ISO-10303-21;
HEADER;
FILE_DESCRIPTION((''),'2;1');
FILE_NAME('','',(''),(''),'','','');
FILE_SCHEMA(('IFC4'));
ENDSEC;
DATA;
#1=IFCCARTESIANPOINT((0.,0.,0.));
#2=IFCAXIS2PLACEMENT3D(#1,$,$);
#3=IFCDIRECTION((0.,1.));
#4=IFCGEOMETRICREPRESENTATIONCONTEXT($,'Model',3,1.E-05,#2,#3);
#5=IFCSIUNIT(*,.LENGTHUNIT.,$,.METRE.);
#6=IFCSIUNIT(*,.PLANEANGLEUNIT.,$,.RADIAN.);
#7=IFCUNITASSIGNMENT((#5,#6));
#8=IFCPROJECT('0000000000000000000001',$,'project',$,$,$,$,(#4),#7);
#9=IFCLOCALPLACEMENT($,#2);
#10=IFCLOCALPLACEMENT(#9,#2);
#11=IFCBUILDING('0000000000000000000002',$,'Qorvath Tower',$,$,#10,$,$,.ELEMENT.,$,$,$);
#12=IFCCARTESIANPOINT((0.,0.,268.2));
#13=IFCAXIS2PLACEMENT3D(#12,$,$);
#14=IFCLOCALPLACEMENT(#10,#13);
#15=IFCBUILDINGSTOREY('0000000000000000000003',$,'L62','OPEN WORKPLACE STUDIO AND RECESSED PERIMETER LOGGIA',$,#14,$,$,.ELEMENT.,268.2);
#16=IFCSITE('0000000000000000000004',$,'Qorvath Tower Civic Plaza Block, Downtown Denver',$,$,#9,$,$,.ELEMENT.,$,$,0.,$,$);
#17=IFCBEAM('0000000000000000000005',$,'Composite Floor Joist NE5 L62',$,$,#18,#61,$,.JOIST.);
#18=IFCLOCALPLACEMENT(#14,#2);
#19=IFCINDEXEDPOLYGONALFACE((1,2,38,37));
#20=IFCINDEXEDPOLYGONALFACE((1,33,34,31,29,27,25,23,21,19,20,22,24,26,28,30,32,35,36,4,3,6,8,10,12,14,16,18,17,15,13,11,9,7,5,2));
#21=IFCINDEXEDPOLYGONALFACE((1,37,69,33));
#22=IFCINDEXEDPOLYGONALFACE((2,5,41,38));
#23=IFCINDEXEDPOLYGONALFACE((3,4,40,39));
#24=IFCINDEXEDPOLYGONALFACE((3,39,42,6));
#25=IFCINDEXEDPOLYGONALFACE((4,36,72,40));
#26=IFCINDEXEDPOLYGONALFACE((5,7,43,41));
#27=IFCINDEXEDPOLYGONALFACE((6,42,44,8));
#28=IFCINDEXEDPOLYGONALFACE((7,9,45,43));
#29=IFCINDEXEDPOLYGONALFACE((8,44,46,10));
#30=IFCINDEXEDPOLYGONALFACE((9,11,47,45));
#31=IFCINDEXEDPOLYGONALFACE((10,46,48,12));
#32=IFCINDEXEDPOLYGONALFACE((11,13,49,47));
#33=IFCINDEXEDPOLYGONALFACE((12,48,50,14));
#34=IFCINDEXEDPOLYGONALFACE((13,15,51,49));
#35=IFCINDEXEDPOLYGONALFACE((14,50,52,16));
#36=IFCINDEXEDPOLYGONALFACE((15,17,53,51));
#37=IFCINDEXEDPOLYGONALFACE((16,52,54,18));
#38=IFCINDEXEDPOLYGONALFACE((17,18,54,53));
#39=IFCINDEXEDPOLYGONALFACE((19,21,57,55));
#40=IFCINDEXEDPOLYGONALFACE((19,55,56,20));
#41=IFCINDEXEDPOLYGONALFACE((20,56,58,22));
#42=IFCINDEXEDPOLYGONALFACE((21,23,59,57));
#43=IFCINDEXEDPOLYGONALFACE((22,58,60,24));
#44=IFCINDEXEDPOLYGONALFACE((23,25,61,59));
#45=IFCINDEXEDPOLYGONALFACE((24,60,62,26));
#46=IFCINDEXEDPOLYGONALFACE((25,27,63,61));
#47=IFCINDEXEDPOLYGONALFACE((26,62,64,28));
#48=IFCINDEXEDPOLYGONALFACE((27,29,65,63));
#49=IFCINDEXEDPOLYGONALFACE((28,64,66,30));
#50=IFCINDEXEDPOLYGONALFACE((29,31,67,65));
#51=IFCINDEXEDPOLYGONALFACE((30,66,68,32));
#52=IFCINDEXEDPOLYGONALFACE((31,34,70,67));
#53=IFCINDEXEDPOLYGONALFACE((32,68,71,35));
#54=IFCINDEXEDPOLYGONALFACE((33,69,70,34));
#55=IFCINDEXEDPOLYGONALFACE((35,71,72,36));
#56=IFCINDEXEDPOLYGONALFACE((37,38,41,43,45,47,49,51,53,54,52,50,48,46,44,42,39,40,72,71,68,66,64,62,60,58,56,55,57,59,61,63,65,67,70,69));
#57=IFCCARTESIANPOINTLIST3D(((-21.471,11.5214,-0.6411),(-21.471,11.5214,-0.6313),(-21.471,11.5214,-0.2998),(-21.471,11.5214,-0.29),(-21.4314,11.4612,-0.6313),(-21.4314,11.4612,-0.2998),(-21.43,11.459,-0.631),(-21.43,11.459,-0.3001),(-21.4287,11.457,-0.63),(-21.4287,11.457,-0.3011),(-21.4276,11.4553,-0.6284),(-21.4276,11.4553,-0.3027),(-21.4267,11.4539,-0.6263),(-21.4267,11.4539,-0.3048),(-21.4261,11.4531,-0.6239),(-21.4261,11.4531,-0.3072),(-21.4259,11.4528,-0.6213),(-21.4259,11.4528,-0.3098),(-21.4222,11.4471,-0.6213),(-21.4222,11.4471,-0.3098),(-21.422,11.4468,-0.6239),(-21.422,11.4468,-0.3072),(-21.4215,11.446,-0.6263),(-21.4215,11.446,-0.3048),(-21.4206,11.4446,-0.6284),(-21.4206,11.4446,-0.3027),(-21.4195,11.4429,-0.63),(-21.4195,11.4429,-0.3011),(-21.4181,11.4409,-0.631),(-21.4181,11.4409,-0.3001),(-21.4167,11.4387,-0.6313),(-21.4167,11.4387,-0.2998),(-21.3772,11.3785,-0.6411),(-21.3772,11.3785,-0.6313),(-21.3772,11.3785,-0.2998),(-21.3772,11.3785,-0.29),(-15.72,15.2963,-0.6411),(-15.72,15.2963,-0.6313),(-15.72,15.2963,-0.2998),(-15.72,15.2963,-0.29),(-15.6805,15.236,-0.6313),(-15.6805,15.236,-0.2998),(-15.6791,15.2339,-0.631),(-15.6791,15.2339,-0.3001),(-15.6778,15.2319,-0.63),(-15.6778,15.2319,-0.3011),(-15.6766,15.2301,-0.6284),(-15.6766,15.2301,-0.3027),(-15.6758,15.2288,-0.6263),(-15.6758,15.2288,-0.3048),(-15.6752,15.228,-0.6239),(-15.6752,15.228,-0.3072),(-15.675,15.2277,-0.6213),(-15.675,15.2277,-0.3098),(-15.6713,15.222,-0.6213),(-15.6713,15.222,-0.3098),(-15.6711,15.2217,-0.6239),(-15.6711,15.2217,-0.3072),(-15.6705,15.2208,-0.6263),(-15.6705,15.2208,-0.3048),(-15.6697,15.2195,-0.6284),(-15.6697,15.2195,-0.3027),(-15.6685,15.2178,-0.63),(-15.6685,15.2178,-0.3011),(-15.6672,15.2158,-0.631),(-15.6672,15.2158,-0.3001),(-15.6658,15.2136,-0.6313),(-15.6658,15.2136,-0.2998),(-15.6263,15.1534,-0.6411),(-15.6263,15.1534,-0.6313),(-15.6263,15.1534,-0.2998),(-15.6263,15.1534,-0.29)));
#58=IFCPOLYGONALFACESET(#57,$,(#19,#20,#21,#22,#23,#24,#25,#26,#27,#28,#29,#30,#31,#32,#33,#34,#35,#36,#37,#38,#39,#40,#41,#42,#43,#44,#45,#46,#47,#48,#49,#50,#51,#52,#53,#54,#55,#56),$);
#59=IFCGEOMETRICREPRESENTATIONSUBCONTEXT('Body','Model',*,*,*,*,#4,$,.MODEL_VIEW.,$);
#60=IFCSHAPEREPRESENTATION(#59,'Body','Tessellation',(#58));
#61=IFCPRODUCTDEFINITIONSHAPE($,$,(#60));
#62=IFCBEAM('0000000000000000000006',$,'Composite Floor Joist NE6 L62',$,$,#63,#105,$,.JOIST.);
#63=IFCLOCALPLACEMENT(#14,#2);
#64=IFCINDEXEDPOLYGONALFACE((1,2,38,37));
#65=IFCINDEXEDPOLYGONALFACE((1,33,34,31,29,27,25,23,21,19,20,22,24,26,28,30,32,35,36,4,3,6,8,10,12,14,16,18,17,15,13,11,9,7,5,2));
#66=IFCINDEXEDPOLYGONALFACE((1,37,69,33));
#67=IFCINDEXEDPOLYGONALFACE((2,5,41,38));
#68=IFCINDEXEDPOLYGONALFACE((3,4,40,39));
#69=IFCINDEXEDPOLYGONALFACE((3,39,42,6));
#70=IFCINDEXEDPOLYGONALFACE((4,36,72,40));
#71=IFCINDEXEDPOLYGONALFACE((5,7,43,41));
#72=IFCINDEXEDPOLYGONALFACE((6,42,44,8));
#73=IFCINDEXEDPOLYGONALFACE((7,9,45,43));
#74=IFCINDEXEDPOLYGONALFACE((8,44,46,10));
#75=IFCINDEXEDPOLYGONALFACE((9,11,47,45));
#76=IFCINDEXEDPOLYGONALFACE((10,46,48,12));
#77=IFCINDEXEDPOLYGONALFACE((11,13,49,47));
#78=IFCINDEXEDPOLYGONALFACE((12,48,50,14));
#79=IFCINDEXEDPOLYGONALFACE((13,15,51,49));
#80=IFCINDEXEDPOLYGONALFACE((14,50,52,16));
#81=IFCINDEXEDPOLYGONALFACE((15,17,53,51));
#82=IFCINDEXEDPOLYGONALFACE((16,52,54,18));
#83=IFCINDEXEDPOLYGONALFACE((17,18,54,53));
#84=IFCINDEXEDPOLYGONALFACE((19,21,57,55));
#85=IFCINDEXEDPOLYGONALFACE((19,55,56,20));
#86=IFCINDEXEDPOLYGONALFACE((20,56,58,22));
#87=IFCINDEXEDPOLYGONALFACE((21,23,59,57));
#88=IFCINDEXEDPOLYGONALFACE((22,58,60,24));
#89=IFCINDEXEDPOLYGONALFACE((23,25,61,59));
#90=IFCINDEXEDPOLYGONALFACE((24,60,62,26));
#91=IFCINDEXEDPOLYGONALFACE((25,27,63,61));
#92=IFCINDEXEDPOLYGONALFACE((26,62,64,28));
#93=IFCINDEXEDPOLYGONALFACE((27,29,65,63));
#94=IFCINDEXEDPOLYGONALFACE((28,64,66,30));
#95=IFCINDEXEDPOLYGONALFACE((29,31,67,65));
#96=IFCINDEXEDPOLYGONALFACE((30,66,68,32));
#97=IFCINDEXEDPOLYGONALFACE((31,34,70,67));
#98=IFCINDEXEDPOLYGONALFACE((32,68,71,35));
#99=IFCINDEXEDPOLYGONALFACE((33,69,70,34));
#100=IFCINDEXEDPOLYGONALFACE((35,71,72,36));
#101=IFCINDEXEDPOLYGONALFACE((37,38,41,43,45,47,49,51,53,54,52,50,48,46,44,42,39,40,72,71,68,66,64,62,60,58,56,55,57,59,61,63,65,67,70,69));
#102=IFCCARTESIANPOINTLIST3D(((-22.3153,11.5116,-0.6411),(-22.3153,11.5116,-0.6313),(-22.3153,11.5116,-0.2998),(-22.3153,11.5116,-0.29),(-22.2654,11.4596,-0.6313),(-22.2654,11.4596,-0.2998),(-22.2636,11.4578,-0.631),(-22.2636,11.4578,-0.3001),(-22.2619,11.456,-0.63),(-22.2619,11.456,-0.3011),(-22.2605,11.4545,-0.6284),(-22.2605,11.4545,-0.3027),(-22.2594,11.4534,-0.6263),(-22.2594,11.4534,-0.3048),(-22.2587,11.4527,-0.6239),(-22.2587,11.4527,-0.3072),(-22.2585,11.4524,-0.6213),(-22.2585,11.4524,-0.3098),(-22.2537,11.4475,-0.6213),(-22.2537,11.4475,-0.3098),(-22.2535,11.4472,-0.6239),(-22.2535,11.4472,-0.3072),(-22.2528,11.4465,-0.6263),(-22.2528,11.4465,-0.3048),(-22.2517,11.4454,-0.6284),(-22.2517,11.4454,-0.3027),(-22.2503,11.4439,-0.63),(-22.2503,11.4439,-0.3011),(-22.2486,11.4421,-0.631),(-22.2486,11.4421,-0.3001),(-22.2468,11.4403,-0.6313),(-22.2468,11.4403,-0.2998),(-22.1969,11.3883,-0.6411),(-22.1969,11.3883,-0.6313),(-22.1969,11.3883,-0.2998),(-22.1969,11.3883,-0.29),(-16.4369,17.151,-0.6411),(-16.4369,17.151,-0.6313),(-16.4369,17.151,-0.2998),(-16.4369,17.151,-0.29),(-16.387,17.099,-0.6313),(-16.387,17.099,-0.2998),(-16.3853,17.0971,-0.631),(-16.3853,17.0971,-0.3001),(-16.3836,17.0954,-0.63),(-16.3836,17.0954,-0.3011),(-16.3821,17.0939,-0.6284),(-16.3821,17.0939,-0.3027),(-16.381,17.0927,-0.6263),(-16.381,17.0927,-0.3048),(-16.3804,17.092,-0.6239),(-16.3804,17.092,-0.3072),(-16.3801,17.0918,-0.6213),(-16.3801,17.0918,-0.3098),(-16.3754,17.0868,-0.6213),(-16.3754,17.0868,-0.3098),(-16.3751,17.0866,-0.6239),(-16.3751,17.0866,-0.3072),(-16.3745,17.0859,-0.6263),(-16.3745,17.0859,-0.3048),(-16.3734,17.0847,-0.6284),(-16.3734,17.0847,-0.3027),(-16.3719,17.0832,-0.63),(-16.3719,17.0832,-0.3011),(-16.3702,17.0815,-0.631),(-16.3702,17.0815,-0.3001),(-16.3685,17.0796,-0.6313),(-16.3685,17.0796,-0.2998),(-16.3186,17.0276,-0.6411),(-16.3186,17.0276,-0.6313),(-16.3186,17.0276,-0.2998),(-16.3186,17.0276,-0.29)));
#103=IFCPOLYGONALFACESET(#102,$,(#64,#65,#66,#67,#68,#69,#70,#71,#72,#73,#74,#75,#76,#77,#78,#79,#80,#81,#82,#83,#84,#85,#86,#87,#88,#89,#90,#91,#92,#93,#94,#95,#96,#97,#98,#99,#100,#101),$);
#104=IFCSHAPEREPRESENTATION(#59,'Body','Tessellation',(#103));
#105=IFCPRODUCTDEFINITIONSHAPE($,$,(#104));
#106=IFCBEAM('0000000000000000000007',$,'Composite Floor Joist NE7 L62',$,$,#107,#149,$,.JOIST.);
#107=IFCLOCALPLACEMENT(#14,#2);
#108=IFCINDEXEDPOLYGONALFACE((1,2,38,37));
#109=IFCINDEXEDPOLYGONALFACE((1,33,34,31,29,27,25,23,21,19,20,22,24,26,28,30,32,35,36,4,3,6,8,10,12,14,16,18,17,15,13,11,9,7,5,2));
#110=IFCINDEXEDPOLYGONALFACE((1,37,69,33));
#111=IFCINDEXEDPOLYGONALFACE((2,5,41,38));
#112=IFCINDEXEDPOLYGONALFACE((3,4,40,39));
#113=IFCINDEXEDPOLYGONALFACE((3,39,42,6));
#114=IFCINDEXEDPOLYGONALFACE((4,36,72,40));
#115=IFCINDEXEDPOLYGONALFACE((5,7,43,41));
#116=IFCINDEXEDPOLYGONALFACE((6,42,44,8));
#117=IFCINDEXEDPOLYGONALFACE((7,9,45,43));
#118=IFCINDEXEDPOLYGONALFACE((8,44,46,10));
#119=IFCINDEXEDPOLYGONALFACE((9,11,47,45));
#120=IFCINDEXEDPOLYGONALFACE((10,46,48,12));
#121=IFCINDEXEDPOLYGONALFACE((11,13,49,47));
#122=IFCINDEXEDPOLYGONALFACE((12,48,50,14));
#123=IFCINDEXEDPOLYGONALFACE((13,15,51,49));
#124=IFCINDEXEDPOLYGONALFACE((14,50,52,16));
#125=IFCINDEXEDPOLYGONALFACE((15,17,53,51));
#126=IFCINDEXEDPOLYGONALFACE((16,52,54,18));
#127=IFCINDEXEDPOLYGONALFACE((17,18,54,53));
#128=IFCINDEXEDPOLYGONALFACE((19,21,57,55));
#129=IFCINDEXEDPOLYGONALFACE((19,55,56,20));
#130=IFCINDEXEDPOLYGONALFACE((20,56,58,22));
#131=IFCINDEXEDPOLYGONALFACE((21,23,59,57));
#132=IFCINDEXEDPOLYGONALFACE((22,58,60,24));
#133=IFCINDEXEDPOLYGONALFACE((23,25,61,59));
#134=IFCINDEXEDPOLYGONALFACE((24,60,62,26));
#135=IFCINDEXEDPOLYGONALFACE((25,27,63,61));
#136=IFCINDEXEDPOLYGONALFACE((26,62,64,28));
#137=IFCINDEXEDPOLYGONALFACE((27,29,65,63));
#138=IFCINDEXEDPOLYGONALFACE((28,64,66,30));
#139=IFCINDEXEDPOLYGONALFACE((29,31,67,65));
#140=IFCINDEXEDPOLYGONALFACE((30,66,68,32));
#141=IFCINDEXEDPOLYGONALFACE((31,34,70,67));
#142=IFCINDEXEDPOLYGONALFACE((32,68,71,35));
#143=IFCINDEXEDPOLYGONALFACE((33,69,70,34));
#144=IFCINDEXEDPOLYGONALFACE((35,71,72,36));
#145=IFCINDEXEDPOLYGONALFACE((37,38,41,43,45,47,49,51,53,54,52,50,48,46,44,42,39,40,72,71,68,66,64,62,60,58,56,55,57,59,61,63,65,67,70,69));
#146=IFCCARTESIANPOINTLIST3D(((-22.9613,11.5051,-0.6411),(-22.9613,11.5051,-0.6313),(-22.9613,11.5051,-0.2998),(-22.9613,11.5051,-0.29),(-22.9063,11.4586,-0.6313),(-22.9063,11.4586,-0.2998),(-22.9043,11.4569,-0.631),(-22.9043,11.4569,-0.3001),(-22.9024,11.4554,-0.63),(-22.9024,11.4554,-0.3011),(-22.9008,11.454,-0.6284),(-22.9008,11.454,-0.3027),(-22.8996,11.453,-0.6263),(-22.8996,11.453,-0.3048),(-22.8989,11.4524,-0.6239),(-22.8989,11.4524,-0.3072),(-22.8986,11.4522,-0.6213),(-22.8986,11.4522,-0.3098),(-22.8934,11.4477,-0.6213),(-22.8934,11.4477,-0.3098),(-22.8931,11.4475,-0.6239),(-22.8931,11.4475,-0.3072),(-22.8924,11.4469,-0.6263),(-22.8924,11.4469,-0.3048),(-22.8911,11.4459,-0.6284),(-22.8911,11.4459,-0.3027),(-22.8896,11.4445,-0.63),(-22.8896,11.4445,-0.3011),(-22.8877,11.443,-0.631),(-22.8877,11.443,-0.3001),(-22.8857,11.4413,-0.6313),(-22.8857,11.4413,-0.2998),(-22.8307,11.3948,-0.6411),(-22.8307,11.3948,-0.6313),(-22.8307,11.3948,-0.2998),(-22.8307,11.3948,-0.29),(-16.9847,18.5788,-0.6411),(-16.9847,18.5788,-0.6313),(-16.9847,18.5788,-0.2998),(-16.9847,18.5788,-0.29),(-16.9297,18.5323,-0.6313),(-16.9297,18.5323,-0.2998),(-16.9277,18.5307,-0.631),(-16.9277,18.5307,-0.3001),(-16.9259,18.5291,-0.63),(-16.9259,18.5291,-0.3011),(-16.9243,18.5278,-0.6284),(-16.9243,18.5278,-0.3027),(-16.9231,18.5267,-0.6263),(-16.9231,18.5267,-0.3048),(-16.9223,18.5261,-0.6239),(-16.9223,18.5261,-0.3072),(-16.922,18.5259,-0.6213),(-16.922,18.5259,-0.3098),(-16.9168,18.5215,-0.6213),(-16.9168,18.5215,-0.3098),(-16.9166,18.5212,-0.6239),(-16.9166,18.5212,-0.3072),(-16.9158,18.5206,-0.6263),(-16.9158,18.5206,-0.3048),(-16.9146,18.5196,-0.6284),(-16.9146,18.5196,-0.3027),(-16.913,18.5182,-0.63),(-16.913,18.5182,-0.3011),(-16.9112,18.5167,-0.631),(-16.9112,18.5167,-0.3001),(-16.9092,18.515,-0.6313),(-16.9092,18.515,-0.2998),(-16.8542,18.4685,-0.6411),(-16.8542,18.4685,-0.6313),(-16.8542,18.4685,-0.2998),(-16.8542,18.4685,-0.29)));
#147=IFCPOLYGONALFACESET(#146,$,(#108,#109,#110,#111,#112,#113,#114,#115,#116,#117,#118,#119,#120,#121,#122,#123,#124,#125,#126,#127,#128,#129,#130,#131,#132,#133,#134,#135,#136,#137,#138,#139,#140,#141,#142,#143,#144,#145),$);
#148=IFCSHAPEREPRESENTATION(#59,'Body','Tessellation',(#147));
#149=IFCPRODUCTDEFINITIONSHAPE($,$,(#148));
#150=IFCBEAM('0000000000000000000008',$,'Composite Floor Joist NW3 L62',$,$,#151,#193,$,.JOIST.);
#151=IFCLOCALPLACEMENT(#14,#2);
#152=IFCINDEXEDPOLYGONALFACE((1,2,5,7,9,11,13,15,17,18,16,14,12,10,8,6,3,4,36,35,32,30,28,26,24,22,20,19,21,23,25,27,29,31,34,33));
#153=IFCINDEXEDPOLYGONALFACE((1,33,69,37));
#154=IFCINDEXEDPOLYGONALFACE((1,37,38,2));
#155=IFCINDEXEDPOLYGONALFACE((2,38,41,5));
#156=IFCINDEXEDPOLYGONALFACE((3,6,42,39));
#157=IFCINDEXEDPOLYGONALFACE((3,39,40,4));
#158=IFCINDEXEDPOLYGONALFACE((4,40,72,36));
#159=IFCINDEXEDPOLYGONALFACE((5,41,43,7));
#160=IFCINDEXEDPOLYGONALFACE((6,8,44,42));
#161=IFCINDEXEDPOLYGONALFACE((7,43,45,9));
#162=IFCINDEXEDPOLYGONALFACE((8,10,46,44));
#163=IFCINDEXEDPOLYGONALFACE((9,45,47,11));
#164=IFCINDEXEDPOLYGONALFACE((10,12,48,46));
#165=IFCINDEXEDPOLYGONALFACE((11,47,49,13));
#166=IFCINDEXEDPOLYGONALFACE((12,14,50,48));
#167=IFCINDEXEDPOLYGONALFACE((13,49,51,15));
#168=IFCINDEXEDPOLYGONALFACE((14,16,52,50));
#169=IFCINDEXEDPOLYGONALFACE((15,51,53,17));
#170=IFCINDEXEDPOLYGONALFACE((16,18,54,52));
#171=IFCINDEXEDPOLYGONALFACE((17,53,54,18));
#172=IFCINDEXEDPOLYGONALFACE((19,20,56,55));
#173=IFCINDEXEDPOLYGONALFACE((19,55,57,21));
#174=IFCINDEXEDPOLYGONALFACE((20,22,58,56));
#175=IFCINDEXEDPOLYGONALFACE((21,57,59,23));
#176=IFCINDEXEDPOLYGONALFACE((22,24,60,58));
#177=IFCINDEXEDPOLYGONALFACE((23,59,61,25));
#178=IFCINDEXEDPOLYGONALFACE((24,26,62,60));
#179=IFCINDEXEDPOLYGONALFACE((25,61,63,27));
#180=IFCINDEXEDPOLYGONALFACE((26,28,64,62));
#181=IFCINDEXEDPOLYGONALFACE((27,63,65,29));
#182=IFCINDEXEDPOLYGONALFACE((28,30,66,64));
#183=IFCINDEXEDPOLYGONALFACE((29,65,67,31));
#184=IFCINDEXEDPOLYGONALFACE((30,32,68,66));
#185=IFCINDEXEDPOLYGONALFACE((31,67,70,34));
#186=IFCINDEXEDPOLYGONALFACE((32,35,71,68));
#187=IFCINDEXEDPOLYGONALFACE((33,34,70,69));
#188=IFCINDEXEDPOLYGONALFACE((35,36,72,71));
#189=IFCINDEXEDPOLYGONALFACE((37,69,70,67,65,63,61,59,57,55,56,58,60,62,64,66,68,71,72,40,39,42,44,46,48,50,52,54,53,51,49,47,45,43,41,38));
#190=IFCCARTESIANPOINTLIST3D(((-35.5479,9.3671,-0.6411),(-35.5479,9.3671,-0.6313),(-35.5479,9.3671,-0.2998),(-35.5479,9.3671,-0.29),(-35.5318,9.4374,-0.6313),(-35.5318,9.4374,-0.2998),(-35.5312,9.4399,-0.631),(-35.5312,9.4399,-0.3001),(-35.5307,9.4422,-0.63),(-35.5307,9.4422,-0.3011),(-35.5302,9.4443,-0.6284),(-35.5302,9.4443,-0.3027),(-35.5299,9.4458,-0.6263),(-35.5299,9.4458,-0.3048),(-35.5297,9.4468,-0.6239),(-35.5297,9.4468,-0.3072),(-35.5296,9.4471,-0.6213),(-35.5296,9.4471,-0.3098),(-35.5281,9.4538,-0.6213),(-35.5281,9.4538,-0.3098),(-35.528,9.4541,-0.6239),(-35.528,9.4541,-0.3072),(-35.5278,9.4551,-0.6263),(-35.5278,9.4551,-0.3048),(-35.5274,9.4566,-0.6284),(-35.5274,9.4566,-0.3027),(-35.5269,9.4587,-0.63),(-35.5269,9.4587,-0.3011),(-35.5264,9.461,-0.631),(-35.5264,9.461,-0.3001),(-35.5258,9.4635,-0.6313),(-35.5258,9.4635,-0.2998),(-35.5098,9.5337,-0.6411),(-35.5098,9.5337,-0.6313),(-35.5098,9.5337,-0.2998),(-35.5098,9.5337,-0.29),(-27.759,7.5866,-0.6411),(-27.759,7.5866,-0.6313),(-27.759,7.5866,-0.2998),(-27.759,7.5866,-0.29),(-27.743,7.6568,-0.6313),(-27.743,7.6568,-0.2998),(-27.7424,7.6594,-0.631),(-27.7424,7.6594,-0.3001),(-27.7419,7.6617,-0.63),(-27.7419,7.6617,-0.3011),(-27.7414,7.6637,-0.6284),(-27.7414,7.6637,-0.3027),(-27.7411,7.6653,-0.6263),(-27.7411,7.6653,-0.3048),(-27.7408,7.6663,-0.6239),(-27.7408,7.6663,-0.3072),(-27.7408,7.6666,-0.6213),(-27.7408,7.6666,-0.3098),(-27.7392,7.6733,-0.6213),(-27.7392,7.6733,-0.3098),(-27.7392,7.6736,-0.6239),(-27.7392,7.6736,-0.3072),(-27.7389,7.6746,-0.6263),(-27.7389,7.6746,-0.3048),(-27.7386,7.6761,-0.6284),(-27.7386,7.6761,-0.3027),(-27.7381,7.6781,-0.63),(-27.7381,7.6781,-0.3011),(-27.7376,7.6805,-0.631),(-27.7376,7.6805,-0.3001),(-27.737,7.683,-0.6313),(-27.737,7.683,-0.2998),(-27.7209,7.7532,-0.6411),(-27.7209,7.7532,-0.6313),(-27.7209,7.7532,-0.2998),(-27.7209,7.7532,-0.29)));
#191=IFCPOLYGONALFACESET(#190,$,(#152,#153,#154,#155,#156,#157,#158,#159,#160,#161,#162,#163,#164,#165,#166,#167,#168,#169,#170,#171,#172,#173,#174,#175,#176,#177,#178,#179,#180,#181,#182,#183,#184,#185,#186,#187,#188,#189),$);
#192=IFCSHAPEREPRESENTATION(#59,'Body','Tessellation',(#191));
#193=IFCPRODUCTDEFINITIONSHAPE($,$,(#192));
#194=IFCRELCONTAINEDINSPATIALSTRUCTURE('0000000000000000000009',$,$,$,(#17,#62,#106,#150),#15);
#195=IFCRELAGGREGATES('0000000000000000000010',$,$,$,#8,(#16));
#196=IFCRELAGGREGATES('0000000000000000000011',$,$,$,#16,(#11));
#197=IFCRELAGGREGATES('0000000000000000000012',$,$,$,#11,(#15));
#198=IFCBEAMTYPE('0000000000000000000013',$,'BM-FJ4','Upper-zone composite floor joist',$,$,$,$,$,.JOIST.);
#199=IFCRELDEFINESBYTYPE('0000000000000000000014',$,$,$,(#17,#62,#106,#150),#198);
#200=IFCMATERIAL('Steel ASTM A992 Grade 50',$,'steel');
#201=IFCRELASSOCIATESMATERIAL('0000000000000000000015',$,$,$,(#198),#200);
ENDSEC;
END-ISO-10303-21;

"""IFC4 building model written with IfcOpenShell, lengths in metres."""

from ifc_helpers import new_model, si_unit, direction, frame, origin, origin_2d, place, context, subcontext, project, spatial, i_section, extrude, material, material_profile, profile_set, type_object, element, save


model = new_model("IFC4")

# Units and contexts
model_context = context("Model", 3, precision=1e-05, world=origin(), true_north=direction((0.0, 1.0)))
body_context = subcontext(model_context, "Body", "Model", "MODEL_VIEW")
ifc_project = project(units=[si_unit("LENGTHUNIT", "METRE"), si_unit("PLANEANGLEUNIT", "RADIAN")], contexts=[model_context])

# Site, building, storey
site_placement = place(None, origin())
site = spatial("IfcSite", under=ifc_project, at=site_placement, Name="Qorvath Tower Civic Plaza Block, Downtown Denver", CompositionType="ELEMENT", RefElevation=0.0)
building_placement = place(site_placement, origin())
building = spatial("IfcBuilding", under=site, at=building_placement, Name="Qorvath Tower", CompositionType="ELEMENT")
storey_placement = place(building_placement, frame((0.0, 0.0, 268.2)))
storey = spatial("IfcBuildingStorey", under=building, at=storey_placement, Name="L62", Description="OPEN WORKPLACE STUDIO AND RECESSED PERIMETER LOGGIA", CompositionType="ELEMENT", Elevation=268.2)

# Beams
ifc_material_1 = material(Name="Steel ASTM A992 Grade 50", Category="steel")
ifc_material_profile_1 = material_profile(ifc_material_1, i_section(OverallWidth=0.1709, OverallDepth=0.3511, WebThickness=0.0068, FlangeThickness=0.0098, FilletRadius=0.01, at=origin_2d()), Name="W14x30")
ifc_profile_set_1 = profile_set([ifc_material_profile_1], Name="Steel ASTM A992 Grade 50")
beam_type_1 = type_object("IfcBeamType", Name="BM-FJ4", Description="Upper-zone composite floor joist", PredefinedType="JOIST", material=ifc_profile_set_1)
beam_1_placement = place(storey_placement, frame((-21.4241, 11.45, -0.4656), z_axis=(0.835993, 0.54874, 0.0), x_axis=(-0.54874, 0.835993, 0.0)))
element("IfcBeam", 1, at=beam_1_placement, inside=storey, type_object=beam_type_1, Name="Composite Floor Joist NE5 L62", PredefinedType="JOIST", context=body_context, shape_type="SweptSolid", body=[
    extrude(i_section(OverallWidth=0.1709, OverallDepth=0.3511, WebThickness=0.0068, FlangeThickness=0.0098, FilletRadius=0.01, at=origin_2d()), origin(), (0.0, 0.0, 1.0), 6.8792),
])
beam_2_placement = place(storey_placement, frame((-22.2561, 11.45, -0.4656), z_axis=(0.721625, 0.692284, 0.0), x_axis=(-0.692284, 0.721625, 0.0)))
element("IfcBeam", 2, at=beam_2_placement, inside=storey, type_object=beam_type_1, Name="Composite Floor Joist NE6 L62", PredefinedType="JOIST", context=body_context, shape_type="SweptSolid", body=[
    extrude(i_section(OverallWidth=0.1709, OverallDepth=0.3511, WebThickness=0.0068, FlangeThickness=0.0098, FilletRadius=0.01, at=origin_2d()), origin(), (0.0, 0.0, 1.0), 8.146),
])
beam_3_placement = place(storey_placement, frame((-22.896, 11.45, -0.4656), z_axis=(0.645382, 0.76386, 0.0), x_axis=(-0.76386, 0.645382, 0.0)))
element("IfcBeam", 3, at=beam_3_placement, inside=storey, type_object=beam_type_1, Name="Composite Floor Joist NE7 L62", PredefinedType="JOIST", context=body_context, shape_type="SweptSolid", body=[
    extrude(i_section(OverallWidth=0.1709, OverallDepth=0.3511, WebThickness=0.0068, FlangeThickness=0.0098, FilletRadius=0.01, at=origin_2d()), origin(), (0.0, 0.0, 1.0), 9.2605),
])
beam_4_placement = place(storey_placement, frame((-27.74, 7.6699, -0.4656), z_axis=(-0.974853, 0.222851, 0.0), x_axis=(-0.222851, -0.974853, 0.0)))
element("IfcBeam", 4, at=beam_4_placement, inside=storey, type_object=beam_type_1, Name="Composite Floor Joist NW3 L62", PredefinedType="JOIST", context=body_context, shape_type="SweptSolid", body=[
    extrude(i_section(OverallWidth=0.1709, OverallDepth=0.3511, WebThickness=0.0068, FlangeThickness=0.0098, FilletRadius=0.01, at=origin_2d()), origin(), (0.0, 0.0, 1.0), 7.9897),
])

save(model, "model.ifc")
